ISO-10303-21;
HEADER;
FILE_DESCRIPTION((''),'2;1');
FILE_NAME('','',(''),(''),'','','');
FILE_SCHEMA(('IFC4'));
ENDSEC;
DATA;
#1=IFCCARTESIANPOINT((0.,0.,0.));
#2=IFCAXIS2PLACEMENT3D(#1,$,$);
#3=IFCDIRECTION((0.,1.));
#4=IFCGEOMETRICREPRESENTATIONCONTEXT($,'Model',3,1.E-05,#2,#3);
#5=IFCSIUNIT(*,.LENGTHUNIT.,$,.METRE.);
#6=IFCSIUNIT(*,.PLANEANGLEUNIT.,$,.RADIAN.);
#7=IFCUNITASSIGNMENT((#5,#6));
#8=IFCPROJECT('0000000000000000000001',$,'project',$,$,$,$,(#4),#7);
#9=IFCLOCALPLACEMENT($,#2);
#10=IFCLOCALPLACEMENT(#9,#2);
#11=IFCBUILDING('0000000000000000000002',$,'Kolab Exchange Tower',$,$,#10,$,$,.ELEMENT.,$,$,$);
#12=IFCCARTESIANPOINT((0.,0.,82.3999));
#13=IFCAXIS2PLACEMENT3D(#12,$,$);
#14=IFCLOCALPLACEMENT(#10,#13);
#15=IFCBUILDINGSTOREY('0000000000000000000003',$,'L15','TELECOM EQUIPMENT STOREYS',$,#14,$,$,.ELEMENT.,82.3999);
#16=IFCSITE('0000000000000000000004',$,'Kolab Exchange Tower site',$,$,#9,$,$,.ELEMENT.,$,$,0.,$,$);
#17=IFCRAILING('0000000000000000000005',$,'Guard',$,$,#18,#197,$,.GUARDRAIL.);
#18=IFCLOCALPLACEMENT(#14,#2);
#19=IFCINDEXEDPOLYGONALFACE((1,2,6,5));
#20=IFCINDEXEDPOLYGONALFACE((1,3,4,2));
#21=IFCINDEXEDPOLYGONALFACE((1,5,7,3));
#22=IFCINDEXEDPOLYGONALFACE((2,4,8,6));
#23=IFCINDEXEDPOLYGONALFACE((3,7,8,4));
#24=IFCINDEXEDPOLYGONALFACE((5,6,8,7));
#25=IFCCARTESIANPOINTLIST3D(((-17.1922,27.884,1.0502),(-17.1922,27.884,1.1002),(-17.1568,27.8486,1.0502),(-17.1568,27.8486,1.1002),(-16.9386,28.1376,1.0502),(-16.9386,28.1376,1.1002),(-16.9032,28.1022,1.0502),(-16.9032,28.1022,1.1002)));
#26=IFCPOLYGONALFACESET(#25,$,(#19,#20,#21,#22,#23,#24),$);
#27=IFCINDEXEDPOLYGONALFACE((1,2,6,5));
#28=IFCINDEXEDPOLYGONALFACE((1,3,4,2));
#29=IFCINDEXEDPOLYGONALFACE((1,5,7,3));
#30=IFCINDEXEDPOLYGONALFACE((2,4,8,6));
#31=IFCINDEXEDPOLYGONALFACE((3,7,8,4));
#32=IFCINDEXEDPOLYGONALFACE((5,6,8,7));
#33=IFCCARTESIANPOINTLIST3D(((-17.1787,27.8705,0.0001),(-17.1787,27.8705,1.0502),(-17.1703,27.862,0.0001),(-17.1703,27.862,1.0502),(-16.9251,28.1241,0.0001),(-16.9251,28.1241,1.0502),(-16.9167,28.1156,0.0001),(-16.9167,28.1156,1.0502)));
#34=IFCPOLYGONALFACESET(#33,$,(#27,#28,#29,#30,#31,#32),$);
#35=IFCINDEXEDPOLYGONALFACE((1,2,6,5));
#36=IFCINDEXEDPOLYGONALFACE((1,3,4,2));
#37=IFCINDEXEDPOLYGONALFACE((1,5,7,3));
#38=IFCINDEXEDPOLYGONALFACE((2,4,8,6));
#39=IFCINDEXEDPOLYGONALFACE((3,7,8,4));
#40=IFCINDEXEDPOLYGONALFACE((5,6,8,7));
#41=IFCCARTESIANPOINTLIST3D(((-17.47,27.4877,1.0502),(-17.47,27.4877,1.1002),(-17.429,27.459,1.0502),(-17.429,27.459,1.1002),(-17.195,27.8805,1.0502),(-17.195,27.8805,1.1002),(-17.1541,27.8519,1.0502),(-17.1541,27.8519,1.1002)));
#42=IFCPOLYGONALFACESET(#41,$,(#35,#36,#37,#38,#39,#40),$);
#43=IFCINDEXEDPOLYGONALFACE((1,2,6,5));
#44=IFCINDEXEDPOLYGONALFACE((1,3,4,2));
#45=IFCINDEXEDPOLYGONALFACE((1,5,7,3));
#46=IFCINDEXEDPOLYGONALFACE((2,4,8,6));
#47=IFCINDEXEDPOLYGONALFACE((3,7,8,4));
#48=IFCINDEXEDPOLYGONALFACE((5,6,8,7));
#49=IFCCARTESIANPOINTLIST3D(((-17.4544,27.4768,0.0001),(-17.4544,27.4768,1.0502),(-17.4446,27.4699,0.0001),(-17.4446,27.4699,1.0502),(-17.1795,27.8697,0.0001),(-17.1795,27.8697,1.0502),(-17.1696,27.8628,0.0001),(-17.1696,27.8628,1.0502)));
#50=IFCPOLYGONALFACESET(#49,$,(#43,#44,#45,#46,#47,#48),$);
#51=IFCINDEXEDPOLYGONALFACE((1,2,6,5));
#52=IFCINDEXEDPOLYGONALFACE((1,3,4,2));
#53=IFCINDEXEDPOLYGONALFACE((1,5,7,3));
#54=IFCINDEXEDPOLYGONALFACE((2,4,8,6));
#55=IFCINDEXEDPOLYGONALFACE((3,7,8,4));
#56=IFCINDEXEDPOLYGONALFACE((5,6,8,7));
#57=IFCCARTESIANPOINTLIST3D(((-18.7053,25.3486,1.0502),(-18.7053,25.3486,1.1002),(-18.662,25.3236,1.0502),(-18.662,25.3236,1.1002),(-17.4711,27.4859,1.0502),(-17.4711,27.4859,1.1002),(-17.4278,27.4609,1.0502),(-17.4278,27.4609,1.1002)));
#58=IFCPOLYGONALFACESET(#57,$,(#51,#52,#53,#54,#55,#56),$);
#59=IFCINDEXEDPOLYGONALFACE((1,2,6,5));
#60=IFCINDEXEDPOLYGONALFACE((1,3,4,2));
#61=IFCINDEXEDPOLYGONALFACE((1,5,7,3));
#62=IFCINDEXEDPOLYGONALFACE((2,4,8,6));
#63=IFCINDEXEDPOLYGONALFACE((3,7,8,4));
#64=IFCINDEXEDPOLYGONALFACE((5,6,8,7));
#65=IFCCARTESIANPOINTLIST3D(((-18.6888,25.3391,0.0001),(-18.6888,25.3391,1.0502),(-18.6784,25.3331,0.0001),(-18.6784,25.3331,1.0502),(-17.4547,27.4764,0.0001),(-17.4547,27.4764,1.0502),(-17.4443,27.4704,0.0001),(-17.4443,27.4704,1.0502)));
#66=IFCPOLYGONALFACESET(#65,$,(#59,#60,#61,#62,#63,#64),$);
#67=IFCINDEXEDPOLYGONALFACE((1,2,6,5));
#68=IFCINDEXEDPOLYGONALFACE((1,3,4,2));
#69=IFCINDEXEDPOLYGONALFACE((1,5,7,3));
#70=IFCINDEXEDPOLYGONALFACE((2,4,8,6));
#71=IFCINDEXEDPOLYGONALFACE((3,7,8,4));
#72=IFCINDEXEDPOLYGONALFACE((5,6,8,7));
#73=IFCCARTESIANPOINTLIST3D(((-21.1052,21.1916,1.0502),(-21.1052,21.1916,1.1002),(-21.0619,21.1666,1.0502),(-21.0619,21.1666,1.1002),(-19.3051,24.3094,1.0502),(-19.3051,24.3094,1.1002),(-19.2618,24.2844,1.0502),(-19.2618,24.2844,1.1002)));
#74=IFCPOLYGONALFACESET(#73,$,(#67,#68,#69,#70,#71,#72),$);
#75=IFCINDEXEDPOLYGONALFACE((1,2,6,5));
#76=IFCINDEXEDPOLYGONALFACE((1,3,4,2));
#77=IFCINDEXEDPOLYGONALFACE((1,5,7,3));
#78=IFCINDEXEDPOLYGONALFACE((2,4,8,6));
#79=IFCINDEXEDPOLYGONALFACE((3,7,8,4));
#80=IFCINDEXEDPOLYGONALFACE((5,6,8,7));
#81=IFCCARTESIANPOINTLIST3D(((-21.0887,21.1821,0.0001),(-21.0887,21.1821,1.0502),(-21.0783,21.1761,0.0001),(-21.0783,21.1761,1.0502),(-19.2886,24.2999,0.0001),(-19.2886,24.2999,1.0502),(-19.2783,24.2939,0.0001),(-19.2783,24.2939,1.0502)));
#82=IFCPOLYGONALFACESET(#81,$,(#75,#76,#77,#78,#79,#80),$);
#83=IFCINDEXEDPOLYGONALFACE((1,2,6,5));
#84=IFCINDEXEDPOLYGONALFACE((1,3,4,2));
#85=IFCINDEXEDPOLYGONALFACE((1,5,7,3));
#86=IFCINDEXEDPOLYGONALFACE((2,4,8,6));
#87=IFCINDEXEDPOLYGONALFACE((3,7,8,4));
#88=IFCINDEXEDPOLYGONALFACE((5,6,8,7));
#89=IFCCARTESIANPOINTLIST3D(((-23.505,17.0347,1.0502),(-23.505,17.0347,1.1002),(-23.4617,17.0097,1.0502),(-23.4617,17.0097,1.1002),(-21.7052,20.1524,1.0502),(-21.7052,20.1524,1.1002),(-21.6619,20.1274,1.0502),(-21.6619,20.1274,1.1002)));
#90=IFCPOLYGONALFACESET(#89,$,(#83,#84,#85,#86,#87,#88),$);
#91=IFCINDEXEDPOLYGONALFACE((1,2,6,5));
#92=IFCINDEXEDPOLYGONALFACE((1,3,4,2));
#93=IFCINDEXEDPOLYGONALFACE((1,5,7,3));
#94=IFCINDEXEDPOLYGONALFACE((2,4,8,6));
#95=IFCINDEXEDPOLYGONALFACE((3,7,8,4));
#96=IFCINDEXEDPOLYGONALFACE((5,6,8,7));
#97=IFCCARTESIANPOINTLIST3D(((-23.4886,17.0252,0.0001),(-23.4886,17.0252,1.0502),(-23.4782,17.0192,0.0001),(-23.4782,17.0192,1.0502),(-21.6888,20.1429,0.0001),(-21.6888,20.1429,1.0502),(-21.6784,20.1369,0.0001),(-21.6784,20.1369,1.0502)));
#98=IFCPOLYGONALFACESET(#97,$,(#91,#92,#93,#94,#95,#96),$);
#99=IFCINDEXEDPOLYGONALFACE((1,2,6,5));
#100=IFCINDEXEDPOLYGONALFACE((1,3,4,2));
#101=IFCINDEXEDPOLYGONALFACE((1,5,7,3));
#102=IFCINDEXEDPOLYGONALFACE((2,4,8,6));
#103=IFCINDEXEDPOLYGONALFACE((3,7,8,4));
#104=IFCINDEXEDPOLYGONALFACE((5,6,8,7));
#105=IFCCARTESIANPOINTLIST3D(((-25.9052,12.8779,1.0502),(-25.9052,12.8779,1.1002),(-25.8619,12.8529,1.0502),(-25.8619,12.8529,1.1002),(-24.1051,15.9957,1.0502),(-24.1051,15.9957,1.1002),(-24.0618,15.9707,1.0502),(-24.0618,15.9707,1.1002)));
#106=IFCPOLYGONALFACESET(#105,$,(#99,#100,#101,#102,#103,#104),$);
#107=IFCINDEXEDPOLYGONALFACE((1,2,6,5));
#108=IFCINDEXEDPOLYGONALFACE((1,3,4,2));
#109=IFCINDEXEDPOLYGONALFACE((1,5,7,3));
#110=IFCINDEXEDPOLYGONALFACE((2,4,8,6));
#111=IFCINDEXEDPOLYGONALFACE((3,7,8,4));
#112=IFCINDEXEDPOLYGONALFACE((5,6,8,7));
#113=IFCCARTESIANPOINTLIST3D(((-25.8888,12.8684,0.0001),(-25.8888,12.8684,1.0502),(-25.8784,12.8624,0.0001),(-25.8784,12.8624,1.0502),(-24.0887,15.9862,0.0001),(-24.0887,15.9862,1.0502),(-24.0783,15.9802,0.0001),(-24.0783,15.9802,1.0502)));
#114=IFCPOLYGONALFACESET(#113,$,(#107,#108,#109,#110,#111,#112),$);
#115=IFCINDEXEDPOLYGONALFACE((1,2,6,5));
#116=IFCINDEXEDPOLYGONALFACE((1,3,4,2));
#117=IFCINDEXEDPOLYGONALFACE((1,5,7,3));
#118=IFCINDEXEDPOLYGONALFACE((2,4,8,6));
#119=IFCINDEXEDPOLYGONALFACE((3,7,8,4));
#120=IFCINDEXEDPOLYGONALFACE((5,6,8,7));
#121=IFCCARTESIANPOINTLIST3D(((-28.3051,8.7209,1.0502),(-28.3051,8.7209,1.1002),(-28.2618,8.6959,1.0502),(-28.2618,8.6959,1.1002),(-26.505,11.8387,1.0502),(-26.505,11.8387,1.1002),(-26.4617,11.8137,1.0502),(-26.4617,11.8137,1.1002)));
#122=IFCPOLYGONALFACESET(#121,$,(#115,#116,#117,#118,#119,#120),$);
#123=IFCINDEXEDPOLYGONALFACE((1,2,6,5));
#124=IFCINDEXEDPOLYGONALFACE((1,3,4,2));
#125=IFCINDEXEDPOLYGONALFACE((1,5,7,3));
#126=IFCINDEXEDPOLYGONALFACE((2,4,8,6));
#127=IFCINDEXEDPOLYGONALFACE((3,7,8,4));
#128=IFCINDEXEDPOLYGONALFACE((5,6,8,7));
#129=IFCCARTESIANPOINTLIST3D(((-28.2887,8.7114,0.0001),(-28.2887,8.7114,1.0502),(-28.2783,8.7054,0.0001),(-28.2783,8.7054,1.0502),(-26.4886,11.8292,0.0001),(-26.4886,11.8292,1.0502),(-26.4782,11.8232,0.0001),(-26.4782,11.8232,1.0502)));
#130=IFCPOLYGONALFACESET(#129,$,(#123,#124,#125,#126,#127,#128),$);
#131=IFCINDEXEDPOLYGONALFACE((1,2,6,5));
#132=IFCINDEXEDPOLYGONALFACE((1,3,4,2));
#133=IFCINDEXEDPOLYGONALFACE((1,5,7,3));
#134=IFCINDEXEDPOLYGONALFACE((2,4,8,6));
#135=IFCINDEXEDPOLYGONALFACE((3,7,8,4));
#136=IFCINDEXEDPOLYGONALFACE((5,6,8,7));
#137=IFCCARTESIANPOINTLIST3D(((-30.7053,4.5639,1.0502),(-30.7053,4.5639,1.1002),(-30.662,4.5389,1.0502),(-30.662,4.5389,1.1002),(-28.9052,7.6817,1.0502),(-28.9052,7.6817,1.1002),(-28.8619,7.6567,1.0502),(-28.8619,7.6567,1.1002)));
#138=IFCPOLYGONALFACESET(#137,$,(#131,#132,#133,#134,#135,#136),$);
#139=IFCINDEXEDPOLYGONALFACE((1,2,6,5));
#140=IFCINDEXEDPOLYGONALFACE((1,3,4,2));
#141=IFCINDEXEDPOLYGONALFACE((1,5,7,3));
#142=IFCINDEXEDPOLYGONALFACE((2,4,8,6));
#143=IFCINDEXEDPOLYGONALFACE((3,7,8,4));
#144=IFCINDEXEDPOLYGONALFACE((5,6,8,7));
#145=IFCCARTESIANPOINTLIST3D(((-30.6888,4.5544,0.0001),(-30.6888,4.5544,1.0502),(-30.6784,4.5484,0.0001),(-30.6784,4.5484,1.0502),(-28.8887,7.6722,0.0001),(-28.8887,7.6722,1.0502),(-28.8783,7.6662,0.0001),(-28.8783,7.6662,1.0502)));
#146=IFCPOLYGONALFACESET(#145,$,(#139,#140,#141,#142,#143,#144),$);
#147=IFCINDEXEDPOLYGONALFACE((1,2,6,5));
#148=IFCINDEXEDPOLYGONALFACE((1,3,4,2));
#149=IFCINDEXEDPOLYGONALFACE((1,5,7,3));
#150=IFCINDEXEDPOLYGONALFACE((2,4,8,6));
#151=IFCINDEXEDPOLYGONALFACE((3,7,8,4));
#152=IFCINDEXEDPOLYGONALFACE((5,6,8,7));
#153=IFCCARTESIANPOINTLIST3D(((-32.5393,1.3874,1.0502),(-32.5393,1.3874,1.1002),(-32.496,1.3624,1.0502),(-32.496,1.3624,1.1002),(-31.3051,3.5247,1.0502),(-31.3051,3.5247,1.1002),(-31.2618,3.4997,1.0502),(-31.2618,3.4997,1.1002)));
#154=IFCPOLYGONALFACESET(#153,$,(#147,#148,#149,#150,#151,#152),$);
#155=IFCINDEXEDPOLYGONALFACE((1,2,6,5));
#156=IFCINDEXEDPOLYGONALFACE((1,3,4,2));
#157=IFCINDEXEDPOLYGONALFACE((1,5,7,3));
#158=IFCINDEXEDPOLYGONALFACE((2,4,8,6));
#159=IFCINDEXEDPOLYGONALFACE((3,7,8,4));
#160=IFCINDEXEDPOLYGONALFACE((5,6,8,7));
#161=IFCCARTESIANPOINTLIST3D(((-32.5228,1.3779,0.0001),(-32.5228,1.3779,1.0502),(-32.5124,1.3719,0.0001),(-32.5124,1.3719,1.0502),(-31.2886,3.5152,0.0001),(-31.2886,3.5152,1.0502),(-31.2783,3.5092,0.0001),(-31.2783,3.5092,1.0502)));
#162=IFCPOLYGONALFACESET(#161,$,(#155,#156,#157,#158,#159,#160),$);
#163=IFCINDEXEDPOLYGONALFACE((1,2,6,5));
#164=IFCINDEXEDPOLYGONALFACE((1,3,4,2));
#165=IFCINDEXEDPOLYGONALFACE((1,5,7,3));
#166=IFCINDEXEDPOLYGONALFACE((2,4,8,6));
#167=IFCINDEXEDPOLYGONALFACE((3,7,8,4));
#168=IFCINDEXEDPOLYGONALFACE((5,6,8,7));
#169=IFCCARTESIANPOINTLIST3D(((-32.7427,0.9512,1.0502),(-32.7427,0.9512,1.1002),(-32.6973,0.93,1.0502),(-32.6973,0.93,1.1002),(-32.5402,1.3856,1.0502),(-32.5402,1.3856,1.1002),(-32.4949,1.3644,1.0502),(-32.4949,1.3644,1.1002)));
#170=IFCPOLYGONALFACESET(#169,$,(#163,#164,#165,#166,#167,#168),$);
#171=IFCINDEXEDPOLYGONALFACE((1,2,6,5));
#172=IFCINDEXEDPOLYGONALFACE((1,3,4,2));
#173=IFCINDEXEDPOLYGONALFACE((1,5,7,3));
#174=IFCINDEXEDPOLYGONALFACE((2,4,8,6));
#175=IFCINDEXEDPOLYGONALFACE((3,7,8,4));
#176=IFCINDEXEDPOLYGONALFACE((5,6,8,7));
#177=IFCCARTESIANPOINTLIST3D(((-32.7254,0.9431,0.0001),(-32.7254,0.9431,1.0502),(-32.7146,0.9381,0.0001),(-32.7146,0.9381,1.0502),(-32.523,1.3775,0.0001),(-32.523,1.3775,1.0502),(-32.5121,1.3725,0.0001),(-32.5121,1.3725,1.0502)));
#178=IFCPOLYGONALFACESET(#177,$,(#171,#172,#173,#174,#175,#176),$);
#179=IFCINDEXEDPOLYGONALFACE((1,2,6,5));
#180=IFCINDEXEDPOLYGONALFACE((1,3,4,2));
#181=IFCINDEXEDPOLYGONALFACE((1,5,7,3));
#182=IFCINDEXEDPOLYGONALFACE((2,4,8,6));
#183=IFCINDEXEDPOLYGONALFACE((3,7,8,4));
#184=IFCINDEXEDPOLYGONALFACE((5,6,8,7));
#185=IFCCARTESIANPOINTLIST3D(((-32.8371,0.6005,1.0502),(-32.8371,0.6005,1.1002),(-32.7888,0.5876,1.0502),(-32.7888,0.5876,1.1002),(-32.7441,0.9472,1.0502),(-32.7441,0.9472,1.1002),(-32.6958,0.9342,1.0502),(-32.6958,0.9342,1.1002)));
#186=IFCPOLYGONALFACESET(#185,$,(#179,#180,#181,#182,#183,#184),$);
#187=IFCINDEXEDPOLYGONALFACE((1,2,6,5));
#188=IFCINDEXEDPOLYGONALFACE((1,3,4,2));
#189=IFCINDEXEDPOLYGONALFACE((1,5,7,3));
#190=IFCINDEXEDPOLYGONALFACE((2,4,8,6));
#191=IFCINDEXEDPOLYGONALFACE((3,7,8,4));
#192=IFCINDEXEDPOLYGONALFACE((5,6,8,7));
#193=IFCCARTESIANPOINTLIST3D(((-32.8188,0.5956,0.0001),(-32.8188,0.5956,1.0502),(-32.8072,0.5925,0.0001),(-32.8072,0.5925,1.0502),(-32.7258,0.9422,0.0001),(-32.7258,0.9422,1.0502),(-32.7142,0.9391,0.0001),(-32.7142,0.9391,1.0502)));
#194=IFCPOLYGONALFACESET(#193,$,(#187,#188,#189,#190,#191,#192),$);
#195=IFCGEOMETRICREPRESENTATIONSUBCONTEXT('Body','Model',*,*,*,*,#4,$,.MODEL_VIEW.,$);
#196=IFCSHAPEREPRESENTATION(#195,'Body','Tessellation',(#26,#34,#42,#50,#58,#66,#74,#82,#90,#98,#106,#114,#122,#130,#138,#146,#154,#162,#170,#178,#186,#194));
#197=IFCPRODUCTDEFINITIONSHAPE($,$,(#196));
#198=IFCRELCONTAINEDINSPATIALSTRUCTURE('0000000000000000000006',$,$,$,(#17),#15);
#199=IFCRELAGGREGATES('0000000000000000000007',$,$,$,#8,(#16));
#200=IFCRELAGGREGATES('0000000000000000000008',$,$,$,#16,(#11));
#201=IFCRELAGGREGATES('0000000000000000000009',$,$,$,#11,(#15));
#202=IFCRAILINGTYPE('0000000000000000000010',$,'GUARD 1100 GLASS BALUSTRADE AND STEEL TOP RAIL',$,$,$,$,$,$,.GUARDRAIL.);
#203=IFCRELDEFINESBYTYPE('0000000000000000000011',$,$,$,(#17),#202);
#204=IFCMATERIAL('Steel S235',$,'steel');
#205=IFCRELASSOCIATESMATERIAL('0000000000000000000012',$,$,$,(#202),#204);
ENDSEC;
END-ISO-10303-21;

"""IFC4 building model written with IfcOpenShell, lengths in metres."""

from ifc_helpers import new_model, si_unit, direction, frame, frame_2d, origin, origin_2d, place, context, subcontext, project, spatial, rectangle, extrude, material, type_object, element, save


model = new_model("IFC4")

# Units and contexts
model_context = context("Model", 3, precision=1e-05, world=origin(), true_north=direction((0.0, 1.0)))
body_context = subcontext(model_context, "Body", "Model", "MODEL_VIEW")
ifc_project = project(units=[si_unit("LENGTHUNIT", "METRE"), si_unit("PLANEANGLEUNIT", "RADIAN")], contexts=[model_context])

# Site, building, storey
site_placement = place(None, origin())
site = spatial("IfcSite", under=ifc_project, at=site_placement, Name="Kolab Exchange Tower site", CompositionType="ELEMENT", RefElevation=0.0)
building_placement = place(site_placement, origin())
building = spatial("IfcBuilding", under=site, at=building_placement, Name="Kolab Exchange Tower", CompositionType="ELEMENT")
storey_placement = place(building_placement, frame((0.0, 0.0, 82.3999)))
storey = spatial("IfcBuildingStorey", under=building, at=storey_placement, Name="L15", Description="TELECOM EQUIPMENT STOREYS", CompositionType="ELEMENT", Elevation=82.3999)

# Railing
ifc_material_1 = material(Name="Steel S235", Category="steel")
railing_type = type_object("IfcRailingType", Name="GUARD 1100 GLASS BALUSTRADE AND STEEL TOP RAIL", PredefinedType="GUARDRAIL", material=ifc_material_1)
railing_placement = place(storey_placement, frame((-16.9209, 28.1199, 0.0)))
element("IfcRailing", 1, at=railing_placement, inside=storey, type_object=railing_type, Name="Guard", PredefinedType="GUARDRAIL", context=body_context, shape_type="SweptSolid", body=[
    extrude(rectangle(XDim=0.05, YDim=0.05, at=origin_2d()), frame((0.0, 0.0, 1.0752), z_axis=(-0.707107, -0.707107, 0.0), x_axis=(0.707107, -0.707107, 0.0)), (0.0, 0.0, 1.0), 0.3586),
    extrude(rectangle(XDim=0.012, YDim=1.0501, at=frame_2d((0.0, 0.5251))), frame((0.0, 0.0, 0.0), z_axis=(-0.707107, -0.707107, 0.0), x_axis=(0.707107, -0.707107, 0.0)), (0.0, 0.0, 1.0), 0.3586),
    extrude(rectangle(XDim=0.05, YDim=0.05, at=origin_2d()), frame((-0.2537, -0.2537, 1.0752), z_axis=(-0.57336, -0.819304, 0.0), x_axis=(0.819304, -0.57336, 0.0)), (0.0, 0.0, 1.0), 0.4795),
    extrude(rectangle(XDim=0.012, YDim=1.0501, at=frame_2d((0.0, 0.5251))), frame((-0.2537, -0.2537, 0.0), z_axis=(-0.57336, -0.819304, 0.0), x_axis=(0.819304, -0.57336, 0.0)), (0.0, 0.0, 1.0), 0.4795),
    extrude(rectangle(XDim=0.05, YDim=0.05, at=origin_2d()), frame((-0.5286, -0.6465, 1.0752), z_axis=(-0.500065, -0.865988, 0.0), x_axis=(0.865988, -0.500065, 0.0)), (0.0, 0.0, 1.0), 2.468),
    extrude(rectangle(XDim=0.012, YDim=1.0501, at=frame_2d((0.0, 0.5251))), frame((-0.5286, -0.6465, 0.0), z_axis=(-0.500065, -0.865988, 0.0), x_axis=(0.865988, -0.500065, 0.0)), (0.0, 0.0, 1.0), 2.468),
    extrude(rectangle(XDim=0.05, YDim=0.05, at=origin_2d()), frame((-2.3625, -3.823, 1.0752), z_axis=(-0.500012, -0.866018, 0.0), x_axis=(0.866018, -0.500012, 0.0)), (0.0, 0.0, 1.0), 3.6001),
    extrude(rectangle(XDim=0.012, YDim=1.0501, at=frame_2d((0.0, 0.5251))), frame((-2.3625, -3.823, 0.0), z_axis=(-0.500012, -0.866018, 0.0), x_axis=(0.866018, -0.500012, 0.0)), (0.0, 0.0, 1.0), 3.6001),
    extrude(rectangle(XDim=0.05, YDim=0.05, at=origin_2d()), frame((-4.7627, -7.98, 1.0752), z_axis=(-0.499961, -0.866048, 0.0), x_axis=(0.866048, -0.499961, 0.0)), (0.0, 0.0, 1.0), 3.5999),
    extrude(rectangle(XDim=0.012, YDim=1.0501, at=frame_2d((0.0, 0.5251))), frame((-4.7627, -7.98, 0.0), z_axis=(-0.499961, -0.866048, 0.0), x_axis=(0.866048, -0.499961, 0.0)), (0.0, 0.0, 1.0), 3.5999),
    extrude(rectangle(XDim=0.05, YDim=0.05, at=origin_2d()), frame((-7.1626, -12.1367, 1.0752), z_axis=(-0.500012, -0.866018, 0.0), x_axis=(0.866018, -0.500012, 0.0)), (0.0, 0.0, 1.0), 3.6001),
    extrude(rectangle(XDim=0.012, YDim=1.0501, at=frame_2d((0.0, 0.5251))), frame((-7.1626, -12.1367, 0.0), z_axis=(-0.500012, -0.866018, 0.0), x_axis=(0.866018, -0.500012, 0.0)), (0.0, 0.0, 1.0), 3.6001),
    extrude(rectangle(XDim=0.05, YDim=0.05, at=origin_2d()), frame((-9.5625, -16.2937, 1.0752), z_axis=(-0.500012, -0.866018, 0.0), x_axis=(0.866018, -0.500012, 0.0)), (0.0, 0.0, 1.0), 3.6001),
    extrude(rectangle(XDim=0.012, YDim=1.0501, at=frame_2d((0.0, 0.5251))), frame((-9.5625, -16.2937, 0.0), z_axis=(-0.500012, -0.866018, 0.0), x_axis=(0.866018, -0.500012, 0.0)), (0.0, 0.0, 1.0), 3.6001),
    extrude(rectangle(XDim=0.05, YDim=0.05, at=origin_2d()), frame((-11.9626, -20.4507, 1.0752), z_axis=(-0.500012, -0.866018, 0.0), x_axis=(0.866018, -0.500012, 0.0)), (0.0, 0.0, 1.0), 3.6001),
    extrude(rectangle(XDim=0.012, YDim=1.0501, at=frame_2d((0.0, 0.5251))), frame((-11.9626, -20.4507, 0.0), z_axis=(-0.500012, -0.866018, 0.0), x_axis=(0.866018, -0.500012, 0.0)), (0.0, 0.0, 1.0), 3.6001),
    extrude(rectangle(XDim=0.05, YDim=0.05, at=origin_2d()), frame((-14.3625, -24.6077, 1.0752), z_axis=(-0.500065, -0.865988, 0.0), x_axis=(0.865988, -0.500065, 0.0)), (0.0, 0.0, 1.0), 2.468),
    extrude(rectangle(XDim=0.012, YDim=1.0501, at=frame_2d((0.0, 0.5251))), frame((-14.3625, -24.6077, 0.0), z_axis=(-0.500065, -0.865988, 0.0), x_axis=(0.865988, -0.500065, 0.0)), (0.0, 0.0, 1.0), 2.468),
    extrude(rectangle(XDim=0.05, YDim=0.05, at=origin_2d()), frame((-15.5967, -26.7449, 1.0752), z_axis=(-0.422383, -0.906417, 0.0), x_axis=(0.906417, -0.422383, 0.0)), (0.0, 0.0, 1.0), 0.4792),
    extrude(rectangle(XDim=0.012, YDim=1.0501, at=frame_2d((0.0, 0.5251))), frame((-15.5967, -26.7449, 0.0), z_axis=(-0.422383, -0.906417, 0.0), x_axis=(0.906417, -0.422383, 0.0)), (0.0, 0.0, 1.0), 0.4792),
    extrude(rectangle(XDim=0.05, YDim=0.05, at=origin_2d()), frame((-15.7991, -27.1792, 1.0752), z_axis=(-0.259144, -0.965839, 0.0), x_axis=(0.965839, -0.259144, 0.0)), (0.0, 0.0, 1.0), 0.3589),
    extrude(rectangle(XDim=0.012, YDim=1.0501, at=frame_2d((0.0, 0.5251))), frame((-15.7991, -27.1792, 0.0), z_axis=(-0.259144, -0.965839, 0.0), x_axis=(0.965839, -0.259144, 0.0)), (0.0, 0.0, 1.0), 0.3589),
])

save(model, "model.ifc")
